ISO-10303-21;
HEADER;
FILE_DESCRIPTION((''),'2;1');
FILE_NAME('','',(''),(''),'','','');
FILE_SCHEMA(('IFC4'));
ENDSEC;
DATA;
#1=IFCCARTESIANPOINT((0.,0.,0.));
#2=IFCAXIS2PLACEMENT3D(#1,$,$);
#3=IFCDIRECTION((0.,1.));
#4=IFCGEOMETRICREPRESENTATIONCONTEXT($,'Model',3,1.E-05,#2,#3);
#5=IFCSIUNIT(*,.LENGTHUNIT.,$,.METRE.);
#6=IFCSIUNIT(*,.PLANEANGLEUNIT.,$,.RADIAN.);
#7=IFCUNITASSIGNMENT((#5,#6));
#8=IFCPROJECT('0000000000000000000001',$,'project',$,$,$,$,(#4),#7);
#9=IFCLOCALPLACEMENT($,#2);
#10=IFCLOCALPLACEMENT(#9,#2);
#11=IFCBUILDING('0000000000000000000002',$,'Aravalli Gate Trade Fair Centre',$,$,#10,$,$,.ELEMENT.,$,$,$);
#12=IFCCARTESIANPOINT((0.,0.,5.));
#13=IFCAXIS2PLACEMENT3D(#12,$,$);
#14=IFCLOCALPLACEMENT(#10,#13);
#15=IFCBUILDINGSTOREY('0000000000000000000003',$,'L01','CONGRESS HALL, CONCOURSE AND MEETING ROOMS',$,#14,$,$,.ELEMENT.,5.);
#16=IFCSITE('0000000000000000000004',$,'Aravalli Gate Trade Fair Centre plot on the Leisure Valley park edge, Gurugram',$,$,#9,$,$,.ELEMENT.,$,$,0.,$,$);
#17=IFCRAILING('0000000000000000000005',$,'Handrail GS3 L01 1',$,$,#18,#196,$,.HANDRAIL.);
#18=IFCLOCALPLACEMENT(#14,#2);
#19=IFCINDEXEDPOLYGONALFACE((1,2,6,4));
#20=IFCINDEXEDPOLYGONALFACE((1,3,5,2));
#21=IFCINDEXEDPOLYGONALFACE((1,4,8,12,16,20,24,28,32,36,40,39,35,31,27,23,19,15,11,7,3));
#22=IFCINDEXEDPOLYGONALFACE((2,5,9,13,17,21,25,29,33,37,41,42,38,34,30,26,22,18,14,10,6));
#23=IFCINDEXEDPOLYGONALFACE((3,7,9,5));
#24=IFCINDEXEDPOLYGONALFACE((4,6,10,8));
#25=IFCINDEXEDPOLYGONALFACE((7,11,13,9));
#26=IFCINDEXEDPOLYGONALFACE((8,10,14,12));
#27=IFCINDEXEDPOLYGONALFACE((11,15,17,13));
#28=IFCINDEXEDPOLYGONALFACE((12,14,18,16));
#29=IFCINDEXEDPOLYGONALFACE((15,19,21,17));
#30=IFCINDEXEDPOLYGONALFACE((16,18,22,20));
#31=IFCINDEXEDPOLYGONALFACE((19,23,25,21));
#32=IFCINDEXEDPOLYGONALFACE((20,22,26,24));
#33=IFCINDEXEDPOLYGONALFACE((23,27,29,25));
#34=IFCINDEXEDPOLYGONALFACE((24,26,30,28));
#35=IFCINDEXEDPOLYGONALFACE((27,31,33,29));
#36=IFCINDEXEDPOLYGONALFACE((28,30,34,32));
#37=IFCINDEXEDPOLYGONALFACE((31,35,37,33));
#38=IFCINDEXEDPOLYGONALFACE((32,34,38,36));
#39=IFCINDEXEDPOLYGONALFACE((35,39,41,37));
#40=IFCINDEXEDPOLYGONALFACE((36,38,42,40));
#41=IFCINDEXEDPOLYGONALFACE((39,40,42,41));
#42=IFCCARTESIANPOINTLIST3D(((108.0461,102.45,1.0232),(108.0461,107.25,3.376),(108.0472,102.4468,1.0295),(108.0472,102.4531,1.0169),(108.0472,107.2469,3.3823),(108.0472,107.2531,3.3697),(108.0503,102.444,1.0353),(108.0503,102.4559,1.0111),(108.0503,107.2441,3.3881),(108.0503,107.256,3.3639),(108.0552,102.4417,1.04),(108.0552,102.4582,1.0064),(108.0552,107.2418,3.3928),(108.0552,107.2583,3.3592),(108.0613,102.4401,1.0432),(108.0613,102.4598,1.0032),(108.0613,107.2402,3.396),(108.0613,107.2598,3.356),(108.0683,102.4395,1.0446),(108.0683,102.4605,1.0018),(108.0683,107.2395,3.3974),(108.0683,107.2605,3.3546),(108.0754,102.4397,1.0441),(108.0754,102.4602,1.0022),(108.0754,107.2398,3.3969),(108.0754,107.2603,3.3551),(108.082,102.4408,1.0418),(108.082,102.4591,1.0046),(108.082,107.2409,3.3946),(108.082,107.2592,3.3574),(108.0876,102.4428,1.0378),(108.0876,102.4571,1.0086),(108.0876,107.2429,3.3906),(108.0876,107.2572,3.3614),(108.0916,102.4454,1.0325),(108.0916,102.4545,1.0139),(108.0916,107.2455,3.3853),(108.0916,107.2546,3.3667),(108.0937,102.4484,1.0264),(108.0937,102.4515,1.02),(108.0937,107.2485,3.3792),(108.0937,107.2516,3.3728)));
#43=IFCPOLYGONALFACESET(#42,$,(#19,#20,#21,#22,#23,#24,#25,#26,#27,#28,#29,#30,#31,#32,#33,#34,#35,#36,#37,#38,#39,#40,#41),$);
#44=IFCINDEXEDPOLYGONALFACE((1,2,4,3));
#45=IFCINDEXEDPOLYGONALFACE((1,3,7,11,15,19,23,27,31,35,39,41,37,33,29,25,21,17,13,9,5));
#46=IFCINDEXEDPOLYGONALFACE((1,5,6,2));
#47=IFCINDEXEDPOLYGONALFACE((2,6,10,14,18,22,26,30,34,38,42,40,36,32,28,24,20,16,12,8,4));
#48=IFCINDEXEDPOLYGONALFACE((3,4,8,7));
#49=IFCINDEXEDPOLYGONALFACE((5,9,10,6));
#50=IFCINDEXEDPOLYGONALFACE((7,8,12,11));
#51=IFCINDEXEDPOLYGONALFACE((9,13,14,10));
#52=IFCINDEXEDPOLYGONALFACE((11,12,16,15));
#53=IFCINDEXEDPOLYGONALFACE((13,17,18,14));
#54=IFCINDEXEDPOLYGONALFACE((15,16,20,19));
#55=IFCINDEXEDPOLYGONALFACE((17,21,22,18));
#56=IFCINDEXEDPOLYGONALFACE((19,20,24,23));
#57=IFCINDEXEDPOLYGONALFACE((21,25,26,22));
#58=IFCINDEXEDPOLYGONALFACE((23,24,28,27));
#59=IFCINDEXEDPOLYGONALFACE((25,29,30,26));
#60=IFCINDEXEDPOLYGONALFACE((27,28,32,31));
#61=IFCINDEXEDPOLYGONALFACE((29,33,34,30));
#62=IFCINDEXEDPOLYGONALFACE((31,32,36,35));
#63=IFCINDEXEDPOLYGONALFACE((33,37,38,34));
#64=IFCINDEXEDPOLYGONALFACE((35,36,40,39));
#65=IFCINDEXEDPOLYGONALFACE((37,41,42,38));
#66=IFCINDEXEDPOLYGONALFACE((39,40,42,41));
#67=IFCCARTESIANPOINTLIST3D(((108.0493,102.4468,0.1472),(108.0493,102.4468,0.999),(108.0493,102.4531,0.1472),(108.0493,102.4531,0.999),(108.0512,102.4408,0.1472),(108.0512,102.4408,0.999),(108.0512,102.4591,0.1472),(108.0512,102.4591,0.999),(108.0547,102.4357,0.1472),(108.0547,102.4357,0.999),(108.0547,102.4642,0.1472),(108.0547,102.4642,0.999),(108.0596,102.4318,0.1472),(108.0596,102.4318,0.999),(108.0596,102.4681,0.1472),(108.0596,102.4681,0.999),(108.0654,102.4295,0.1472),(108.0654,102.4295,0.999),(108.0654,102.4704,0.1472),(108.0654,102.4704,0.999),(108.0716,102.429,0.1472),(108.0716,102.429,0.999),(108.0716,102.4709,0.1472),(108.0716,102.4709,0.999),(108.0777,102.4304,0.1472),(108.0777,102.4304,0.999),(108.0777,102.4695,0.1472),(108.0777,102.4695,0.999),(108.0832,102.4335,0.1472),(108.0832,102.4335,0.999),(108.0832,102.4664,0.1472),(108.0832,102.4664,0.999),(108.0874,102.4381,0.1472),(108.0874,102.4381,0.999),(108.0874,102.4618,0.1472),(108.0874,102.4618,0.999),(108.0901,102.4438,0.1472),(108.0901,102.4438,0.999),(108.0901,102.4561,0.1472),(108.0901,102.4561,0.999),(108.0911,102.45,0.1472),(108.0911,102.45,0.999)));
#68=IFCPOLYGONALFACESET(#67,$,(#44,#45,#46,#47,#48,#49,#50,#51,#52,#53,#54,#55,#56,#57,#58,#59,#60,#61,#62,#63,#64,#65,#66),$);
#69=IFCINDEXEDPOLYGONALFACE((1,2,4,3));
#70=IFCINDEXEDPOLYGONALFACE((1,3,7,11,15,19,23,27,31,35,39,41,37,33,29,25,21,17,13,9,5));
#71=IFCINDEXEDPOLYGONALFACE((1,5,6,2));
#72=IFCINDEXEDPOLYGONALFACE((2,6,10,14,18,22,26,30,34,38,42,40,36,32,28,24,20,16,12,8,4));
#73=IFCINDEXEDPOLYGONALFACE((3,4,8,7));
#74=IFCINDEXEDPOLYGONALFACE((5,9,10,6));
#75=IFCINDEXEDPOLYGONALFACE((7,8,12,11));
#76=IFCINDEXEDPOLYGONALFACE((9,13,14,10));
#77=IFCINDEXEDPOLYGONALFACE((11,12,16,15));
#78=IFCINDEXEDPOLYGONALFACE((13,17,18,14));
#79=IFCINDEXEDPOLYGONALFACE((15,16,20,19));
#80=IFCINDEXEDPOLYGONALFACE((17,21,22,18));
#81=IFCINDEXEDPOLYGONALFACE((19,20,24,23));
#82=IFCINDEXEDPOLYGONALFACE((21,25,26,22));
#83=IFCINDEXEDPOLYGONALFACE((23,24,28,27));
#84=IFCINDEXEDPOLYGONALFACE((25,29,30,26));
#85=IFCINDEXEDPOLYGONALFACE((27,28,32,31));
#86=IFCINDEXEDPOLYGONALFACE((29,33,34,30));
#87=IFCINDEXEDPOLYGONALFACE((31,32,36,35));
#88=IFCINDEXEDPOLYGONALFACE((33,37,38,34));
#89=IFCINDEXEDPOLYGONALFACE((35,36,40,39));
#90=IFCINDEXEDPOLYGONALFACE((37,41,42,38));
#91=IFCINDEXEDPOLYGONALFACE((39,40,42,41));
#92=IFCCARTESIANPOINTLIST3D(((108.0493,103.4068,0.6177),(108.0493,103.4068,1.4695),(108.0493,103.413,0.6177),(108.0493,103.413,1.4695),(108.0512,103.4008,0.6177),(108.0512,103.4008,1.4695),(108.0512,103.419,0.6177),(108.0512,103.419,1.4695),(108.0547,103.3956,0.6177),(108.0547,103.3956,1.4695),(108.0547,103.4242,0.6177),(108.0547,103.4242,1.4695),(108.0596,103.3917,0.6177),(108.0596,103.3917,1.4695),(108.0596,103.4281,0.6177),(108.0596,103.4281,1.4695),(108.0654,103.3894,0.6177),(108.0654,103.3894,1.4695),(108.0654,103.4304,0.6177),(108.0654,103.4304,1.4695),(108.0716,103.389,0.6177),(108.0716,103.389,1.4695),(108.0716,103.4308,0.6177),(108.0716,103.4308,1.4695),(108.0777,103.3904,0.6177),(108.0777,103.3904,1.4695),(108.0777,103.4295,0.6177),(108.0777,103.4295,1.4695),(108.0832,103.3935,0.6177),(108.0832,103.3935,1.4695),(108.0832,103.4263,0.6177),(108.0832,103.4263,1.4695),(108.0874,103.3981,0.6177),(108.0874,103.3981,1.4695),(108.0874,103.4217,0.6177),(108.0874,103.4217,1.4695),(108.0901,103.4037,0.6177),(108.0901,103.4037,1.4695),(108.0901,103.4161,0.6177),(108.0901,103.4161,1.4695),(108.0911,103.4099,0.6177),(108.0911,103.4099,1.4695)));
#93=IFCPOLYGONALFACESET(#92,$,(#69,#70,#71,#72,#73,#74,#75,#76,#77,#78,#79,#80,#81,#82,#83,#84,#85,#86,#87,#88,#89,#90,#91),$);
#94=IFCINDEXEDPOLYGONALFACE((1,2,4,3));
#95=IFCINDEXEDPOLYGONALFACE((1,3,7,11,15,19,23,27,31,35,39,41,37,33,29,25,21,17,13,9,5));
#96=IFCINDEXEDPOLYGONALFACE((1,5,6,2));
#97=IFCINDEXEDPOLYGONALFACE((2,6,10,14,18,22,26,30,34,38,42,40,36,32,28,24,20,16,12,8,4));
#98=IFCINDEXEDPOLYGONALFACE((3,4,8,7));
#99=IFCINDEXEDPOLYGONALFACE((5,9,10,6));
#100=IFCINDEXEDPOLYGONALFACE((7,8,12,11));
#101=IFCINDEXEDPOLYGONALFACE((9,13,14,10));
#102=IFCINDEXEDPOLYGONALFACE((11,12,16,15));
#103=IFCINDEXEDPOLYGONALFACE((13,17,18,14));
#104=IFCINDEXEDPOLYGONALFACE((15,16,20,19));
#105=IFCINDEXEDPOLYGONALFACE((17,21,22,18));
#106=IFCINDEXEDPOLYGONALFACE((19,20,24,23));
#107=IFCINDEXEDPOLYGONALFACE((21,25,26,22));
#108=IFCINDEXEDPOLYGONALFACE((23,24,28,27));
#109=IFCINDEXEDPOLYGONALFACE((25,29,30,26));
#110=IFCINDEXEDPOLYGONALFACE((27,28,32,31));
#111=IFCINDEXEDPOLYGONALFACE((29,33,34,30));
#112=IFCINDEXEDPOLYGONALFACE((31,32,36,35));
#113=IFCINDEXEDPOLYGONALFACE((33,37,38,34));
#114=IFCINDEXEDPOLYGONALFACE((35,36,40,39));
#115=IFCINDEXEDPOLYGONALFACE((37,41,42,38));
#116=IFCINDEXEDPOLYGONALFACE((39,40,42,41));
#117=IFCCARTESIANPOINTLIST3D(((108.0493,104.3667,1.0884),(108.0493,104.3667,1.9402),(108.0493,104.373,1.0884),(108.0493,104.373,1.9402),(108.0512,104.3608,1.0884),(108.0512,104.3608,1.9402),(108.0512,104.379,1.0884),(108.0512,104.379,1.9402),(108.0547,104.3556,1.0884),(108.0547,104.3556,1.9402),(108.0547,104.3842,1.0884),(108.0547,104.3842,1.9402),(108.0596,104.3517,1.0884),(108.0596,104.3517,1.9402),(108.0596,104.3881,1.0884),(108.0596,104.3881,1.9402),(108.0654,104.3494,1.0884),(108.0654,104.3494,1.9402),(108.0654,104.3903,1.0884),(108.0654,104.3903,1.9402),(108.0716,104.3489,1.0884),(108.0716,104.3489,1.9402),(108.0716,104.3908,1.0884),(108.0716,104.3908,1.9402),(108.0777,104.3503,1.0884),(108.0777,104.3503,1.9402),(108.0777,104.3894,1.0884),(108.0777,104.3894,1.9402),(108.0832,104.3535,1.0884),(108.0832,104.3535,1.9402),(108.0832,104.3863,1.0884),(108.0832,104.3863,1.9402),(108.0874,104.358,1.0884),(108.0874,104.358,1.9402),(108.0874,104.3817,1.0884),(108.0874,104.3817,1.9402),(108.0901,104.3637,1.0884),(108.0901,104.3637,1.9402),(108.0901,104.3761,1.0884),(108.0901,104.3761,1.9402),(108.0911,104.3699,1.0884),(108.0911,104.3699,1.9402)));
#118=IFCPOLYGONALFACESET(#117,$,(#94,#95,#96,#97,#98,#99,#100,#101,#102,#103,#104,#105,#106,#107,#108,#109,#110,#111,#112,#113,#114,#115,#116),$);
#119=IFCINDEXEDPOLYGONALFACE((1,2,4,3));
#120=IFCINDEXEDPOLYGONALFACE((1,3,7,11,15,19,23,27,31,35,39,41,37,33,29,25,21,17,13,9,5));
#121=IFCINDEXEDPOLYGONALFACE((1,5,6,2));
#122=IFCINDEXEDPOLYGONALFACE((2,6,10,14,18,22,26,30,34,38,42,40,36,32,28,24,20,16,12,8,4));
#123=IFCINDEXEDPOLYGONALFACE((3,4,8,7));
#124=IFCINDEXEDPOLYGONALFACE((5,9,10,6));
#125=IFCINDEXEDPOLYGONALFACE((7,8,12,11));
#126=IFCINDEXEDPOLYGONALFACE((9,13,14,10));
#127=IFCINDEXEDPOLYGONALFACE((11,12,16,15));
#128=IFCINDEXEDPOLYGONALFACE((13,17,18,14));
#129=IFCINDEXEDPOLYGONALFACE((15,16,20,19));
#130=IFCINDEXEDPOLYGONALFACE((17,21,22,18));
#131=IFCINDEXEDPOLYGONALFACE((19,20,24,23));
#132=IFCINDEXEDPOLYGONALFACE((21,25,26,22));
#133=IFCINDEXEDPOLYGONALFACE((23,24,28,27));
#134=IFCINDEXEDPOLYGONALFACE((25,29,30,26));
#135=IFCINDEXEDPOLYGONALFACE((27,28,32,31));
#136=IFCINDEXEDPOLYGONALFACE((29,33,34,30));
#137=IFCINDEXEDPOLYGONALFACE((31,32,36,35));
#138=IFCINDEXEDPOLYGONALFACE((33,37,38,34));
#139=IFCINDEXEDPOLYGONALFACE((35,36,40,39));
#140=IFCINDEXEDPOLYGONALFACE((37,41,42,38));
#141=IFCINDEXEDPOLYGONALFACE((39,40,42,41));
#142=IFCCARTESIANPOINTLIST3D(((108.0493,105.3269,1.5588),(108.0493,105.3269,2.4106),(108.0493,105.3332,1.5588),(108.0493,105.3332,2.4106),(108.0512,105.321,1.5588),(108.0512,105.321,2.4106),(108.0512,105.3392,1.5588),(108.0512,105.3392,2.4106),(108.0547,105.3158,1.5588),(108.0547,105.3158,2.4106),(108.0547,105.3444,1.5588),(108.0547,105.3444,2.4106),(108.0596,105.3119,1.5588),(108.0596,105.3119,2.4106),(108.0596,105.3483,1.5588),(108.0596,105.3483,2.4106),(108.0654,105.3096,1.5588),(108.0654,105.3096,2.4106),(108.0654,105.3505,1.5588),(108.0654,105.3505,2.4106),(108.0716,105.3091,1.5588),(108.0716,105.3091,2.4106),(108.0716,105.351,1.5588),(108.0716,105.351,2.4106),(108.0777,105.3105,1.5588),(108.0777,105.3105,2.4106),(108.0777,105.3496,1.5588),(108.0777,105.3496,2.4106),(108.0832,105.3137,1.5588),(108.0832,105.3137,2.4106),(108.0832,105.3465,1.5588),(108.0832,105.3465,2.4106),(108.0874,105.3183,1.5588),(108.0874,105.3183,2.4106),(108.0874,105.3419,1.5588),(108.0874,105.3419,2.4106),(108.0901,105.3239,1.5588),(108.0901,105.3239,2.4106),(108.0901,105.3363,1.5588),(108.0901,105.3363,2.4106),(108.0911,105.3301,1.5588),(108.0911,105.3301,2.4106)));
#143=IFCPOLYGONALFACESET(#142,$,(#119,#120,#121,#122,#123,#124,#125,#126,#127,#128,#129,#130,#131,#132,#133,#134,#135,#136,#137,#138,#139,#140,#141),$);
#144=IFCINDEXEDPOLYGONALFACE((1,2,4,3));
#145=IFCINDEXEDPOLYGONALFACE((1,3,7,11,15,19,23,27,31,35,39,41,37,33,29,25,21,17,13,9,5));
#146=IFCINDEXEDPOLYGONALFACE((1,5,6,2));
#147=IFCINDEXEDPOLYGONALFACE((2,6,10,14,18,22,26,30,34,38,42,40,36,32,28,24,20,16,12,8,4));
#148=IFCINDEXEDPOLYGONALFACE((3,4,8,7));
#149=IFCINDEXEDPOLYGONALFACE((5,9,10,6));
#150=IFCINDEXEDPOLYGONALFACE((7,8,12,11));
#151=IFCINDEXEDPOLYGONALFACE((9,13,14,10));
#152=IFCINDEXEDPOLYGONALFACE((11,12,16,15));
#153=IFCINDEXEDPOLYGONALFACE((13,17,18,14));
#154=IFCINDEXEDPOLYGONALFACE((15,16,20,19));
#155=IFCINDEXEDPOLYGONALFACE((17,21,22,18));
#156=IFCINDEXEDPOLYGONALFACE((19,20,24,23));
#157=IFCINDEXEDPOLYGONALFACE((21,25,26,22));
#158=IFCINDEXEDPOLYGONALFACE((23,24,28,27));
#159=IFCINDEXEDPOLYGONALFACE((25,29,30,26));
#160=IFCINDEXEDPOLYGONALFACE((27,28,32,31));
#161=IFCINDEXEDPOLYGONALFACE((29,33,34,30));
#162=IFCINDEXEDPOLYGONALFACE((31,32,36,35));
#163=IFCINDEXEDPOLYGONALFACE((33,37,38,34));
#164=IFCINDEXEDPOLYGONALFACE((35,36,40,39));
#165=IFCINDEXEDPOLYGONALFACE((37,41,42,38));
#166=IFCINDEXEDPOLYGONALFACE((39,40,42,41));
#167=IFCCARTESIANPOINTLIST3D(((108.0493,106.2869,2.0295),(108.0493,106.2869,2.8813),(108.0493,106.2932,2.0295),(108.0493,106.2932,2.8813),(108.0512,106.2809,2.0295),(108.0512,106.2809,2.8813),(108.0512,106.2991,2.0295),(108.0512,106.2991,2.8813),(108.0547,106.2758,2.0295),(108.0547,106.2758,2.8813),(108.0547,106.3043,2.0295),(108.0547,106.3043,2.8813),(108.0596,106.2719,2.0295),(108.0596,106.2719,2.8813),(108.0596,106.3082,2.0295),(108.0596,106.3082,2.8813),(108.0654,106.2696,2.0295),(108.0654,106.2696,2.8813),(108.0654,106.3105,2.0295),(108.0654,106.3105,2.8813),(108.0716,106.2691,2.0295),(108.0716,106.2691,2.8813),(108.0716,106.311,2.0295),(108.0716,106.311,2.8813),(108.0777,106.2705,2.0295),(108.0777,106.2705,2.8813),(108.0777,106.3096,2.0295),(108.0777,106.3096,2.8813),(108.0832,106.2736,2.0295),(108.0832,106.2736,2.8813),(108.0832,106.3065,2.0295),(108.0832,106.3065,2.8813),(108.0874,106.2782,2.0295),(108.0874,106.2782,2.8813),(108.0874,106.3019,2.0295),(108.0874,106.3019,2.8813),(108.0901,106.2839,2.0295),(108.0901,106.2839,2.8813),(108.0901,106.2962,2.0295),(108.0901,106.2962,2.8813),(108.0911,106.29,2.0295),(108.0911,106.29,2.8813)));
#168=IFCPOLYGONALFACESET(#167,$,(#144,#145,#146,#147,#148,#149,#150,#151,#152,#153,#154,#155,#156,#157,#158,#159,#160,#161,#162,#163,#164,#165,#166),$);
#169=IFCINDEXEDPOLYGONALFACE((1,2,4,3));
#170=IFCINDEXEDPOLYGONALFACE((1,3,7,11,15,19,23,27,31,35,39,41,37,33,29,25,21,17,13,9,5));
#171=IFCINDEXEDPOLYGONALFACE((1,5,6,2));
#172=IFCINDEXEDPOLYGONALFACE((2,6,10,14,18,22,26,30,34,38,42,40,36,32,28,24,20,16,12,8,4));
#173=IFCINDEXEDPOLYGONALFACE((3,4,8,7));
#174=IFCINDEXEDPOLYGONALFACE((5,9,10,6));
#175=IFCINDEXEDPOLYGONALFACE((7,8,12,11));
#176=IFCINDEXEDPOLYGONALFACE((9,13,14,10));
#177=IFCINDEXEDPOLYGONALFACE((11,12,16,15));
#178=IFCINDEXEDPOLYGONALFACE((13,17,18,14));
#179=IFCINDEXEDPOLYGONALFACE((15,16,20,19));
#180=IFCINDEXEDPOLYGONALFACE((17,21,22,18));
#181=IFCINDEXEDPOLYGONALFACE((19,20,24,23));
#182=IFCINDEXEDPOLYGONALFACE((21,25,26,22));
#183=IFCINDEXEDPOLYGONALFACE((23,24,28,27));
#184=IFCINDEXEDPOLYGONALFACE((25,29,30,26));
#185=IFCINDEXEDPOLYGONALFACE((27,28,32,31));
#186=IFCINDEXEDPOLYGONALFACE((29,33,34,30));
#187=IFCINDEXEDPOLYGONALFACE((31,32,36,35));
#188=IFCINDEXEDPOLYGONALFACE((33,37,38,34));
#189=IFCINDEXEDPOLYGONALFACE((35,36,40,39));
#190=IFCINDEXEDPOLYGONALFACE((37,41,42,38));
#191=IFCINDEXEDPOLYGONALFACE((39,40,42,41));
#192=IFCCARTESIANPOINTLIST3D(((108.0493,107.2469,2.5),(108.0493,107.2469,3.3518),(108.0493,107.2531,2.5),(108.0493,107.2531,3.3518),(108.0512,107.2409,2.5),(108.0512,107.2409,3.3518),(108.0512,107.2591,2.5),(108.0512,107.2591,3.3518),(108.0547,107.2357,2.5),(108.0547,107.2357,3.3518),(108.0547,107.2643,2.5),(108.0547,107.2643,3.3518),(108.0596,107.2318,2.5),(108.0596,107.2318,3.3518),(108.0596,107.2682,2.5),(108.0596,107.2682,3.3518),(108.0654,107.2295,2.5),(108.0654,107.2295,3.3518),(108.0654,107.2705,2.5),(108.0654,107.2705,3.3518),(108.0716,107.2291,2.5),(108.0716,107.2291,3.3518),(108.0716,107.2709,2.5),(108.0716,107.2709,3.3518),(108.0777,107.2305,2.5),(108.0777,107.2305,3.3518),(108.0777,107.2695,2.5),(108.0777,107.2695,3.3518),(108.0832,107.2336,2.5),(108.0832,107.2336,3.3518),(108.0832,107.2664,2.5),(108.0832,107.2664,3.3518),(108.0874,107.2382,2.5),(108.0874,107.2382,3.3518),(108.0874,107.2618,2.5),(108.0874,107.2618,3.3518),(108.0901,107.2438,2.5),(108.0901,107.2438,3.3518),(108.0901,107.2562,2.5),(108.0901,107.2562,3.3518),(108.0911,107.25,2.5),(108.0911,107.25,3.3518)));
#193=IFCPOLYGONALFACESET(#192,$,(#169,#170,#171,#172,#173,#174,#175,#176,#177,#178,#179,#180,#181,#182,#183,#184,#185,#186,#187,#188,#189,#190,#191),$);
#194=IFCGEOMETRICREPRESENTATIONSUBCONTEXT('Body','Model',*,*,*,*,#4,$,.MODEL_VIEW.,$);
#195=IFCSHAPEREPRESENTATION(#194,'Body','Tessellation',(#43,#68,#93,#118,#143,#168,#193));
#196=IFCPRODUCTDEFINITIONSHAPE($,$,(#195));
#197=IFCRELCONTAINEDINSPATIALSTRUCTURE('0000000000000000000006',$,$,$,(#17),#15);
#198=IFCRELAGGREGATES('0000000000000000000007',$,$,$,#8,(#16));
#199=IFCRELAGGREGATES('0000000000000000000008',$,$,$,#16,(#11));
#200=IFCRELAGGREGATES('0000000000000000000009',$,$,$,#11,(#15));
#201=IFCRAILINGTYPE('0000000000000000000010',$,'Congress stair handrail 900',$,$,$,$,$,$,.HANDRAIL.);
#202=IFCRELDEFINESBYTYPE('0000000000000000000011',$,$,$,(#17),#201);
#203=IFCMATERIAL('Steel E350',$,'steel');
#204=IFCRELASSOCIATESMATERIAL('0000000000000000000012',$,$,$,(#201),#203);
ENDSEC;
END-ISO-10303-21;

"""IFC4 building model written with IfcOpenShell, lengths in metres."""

from ifc_helpers import new_model, si_unit, direction, frame, origin, origin_2d, place, context, subcontext, project, spatial, circle, extrude, material, type_object, element, save


model = new_model("IFC4")

# Units and contexts
model_context = context("Model", 3, precision=1e-05, world=origin(), true_north=direction((0.0, 1.0)))
body_context = subcontext(model_context, "Body", "Model", "MODEL_VIEW")
ifc_project = project(units=[si_unit("LENGTHUNIT", "METRE"), si_unit("PLANEANGLEUNIT", "RADIAN")], contexts=[model_context])

# Site, building, storey
site_placement = place(None, origin())
site = spatial("IfcSite", under=ifc_project, at=site_placement, Name="Aravalli Gate Trade Fair Centre plot on the Leisure Valley park edge, Gurugram", CompositionType="ELEMENT", RefElevation=0.0)
building_placement = place(site_placement, origin())
building = spatial("IfcBuilding", under=site, at=building_placement, Name="Aravalli Gate Trade Fair Centre", CompositionType="ELEMENT")
storey_placement = place(building_placement, frame((0.0, 0.0, 5.0)))
storey = spatial("IfcBuildingStorey", under=building, at=storey_placement, Name="L01", Description="CONGRESS HALL, CONCOURSE AND MEETING ROOMS", CompositionType="ELEMENT", Elevation=5.0)

# Railing
ifc_material_1 = material(Name="Steel E350", Category="steel")
railing_type_1 = type_object("IfcRailingType", Name="Congress stair handrail 900", PredefinedType="HANDRAIL", material=ifc_material_1)
for number, where, name in (
    (1, (108.0701, 102.45, 0.1472), "Handrail GS3 L01 1"),
):
    element("IfcRailing", number, at=place(storey_placement, frame(where)), inside=storey, type_object=railing_type_1, Name=name, PredefinedType="HANDRAIL", context=body_context, shape_type="SweptSolid", body=[
        extrude(circle(Radius=0.0239, at=origin_2d()), frame((0.0, 0.0, 0.876), z_axis=(0.0, 0.897934, 0.44013), x_axis=(-1.0, 0.0, 0.0)), (0.0, 0.0, 1.0), 5.3457),
        extrude(circle(Radius=0.021, at=origin_2d()), origin(), (0.0, 0.0, 1.0), 0.8518),
        extrude(circle(Radius=0.021, at=origin_2d()), frame((0.0, 0.96, 0.4705)), (0.0, 0.0, 1.0), 0.8518),
        extrude(circle(Radius=0.021, at=origin_2d()), frame((0.0, 1.9199, 0.9412)), (0.0, 0.0, 1.0), 0.8518),
        extrude(circle(Radius=0.021, at=origin_2d()), frame((0.0, 2.8801, 1.4116)), (0.0, 0.0, 1.0), 0.8518),
        extrude(circle(Radius=0.021, at=origin_2d()), frame((0.0, 3.8401, 1.8823)), (0.0, 0.0, 1.0), 0.8518),
        extrude(circle(Radius=0.021, at=origin_2d()), frame((0.0, 4.8, 2.3528)), (0.0, 0.0, 1.0), 0.8518),
    ])

save(model, "model.ifc")
